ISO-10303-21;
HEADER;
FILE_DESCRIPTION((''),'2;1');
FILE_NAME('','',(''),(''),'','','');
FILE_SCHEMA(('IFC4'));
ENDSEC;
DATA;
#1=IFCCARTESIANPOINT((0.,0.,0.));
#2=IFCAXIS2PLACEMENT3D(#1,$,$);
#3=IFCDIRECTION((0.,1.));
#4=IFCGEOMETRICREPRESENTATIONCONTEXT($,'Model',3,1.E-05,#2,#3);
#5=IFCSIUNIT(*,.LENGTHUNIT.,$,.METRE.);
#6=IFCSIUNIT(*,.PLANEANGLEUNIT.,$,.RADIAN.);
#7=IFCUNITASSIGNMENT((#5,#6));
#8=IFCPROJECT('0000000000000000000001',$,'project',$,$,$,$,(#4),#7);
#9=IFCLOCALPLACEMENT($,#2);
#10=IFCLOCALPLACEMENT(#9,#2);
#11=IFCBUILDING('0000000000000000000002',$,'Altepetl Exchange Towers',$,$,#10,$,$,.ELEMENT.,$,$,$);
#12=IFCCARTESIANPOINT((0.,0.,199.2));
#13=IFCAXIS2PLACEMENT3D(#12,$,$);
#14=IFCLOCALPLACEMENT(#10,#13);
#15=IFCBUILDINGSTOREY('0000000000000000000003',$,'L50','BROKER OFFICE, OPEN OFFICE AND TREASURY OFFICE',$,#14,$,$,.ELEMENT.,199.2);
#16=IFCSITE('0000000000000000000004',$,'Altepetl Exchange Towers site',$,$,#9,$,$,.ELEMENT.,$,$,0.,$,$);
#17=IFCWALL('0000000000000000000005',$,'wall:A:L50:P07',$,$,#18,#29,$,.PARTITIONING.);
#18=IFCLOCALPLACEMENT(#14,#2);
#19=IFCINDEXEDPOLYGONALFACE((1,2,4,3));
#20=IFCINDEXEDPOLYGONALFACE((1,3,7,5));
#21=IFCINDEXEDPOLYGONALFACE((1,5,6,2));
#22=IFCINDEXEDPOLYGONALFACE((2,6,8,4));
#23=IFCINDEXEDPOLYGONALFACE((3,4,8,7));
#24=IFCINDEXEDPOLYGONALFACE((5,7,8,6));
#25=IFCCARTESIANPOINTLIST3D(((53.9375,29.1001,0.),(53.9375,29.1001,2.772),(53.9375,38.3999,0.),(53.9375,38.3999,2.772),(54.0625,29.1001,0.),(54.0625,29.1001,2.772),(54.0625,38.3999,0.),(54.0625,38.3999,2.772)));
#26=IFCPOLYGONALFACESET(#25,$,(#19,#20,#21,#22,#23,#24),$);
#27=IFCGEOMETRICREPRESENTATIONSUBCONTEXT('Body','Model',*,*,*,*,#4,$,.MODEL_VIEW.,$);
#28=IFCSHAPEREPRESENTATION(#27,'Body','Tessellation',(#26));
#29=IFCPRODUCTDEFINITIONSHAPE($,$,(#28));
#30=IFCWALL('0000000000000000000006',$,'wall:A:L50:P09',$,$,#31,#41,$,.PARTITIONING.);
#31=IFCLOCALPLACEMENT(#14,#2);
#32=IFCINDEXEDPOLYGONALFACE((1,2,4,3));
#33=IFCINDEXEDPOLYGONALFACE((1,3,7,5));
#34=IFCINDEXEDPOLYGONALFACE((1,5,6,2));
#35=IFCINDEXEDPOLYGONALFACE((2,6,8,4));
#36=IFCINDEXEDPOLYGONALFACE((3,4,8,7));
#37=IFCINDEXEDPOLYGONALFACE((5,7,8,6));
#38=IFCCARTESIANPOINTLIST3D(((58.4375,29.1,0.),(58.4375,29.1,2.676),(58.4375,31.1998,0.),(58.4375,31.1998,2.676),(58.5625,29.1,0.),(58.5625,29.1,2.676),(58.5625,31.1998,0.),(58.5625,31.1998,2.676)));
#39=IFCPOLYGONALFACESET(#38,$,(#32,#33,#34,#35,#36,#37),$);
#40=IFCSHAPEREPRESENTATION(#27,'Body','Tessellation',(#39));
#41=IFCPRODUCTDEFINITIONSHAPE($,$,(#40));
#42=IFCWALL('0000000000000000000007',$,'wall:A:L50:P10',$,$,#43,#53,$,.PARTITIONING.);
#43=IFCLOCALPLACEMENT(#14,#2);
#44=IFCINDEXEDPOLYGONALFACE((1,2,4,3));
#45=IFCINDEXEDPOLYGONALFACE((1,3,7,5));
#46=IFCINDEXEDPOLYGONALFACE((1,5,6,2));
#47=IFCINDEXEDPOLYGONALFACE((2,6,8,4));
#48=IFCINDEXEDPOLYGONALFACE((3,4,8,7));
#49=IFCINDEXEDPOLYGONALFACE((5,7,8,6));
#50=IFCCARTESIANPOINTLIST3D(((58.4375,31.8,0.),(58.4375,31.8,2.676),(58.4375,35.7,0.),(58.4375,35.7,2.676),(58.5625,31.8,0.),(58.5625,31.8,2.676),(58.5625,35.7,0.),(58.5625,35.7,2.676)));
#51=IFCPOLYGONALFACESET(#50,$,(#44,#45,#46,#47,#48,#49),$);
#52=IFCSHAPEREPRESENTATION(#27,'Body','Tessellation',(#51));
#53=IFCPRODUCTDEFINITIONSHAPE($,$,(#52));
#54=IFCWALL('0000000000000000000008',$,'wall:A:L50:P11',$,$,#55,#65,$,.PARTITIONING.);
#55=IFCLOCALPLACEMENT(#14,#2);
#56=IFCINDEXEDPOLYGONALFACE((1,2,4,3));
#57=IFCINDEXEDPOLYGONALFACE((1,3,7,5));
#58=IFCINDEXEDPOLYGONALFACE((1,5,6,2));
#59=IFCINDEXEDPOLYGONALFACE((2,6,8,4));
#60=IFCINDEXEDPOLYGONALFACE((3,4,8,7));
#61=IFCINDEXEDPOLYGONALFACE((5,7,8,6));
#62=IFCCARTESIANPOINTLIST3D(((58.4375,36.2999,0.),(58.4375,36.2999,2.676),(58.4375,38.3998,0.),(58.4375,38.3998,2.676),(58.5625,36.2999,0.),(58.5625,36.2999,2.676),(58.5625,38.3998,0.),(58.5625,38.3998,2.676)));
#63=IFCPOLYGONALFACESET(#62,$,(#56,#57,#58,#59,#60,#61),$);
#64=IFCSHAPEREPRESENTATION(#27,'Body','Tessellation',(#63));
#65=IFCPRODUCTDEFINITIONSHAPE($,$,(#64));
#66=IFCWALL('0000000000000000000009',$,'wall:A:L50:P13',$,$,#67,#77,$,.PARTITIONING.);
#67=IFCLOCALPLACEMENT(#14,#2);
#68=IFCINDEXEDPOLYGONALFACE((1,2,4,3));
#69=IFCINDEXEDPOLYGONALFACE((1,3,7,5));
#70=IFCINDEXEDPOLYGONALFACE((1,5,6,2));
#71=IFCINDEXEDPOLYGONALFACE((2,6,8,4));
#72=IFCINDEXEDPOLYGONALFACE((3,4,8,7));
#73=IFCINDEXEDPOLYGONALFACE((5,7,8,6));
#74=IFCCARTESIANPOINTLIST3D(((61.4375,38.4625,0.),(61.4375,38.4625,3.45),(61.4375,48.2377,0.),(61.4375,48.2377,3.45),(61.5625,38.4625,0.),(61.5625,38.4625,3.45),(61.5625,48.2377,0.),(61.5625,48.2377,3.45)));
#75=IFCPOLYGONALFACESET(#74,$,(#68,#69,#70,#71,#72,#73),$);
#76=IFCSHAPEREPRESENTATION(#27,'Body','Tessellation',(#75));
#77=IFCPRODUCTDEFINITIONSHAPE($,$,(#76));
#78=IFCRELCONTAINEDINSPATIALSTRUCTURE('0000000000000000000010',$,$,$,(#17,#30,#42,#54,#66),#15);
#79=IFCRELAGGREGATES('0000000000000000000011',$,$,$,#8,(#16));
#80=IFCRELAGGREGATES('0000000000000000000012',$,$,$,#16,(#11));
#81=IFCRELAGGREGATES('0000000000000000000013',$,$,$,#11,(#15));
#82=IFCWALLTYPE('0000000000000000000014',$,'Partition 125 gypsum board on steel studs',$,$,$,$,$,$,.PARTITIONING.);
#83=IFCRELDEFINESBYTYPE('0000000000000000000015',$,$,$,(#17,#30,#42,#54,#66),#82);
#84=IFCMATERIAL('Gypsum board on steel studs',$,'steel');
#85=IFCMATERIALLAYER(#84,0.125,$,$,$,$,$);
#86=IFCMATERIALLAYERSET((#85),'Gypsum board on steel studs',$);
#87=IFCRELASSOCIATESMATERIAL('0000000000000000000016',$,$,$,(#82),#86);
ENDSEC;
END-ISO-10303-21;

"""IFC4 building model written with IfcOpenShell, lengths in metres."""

from ifc_helpers import new_model, si_unit, direction, frame, frame_2d, origin, place, context, subcontext, project, spatial, rectangle, extrude, material, layer, layer_set, type_object, element, save


model = new_model("IFC4")

# Units and contexts
model_context = context("Model", 3, precision=1e-05, world=origin(), true_north=direction((0.0, 1.0)))
body_context = subcontext(model_context, "Body", "Model", "MODEL_VIEW")
ifc_project = project(units=[si_unit("LENGTHUNIT", "METRE"), si_unit("PLANEANGLEUNIT", "RADIAN")], contexts=[model_context])

# Site, building, storey
site_placement = place(None, origin())
site = spatial("IfcSite", under=ifc_project, at=site_placement, Name="Altepetl Exchange Towers site", CompositionType="ELEMENT", RefElevation=0.0)
building_placement = place(site_placement, origin())
building = spatial("IfcBuilding", under=site, at=building_placement, Name="Altepetl Exchange Towers", CompositionType="ELEMENT")
storey_placement = place(building_placement, frame((0.0, 0.0, 199.2)))
storey = spatial("IfcBuildingStorey", under=building, at=storey_placement, Name="L50", Description="BROKER OFFICE, OPEN OFFICE AND TREASURY OFFICE", CompositionType="ELEMENT", Elevation=199.2)

# Walls
ifc_material_1 = material(Name="Gypsum board on steel studs", Category="steel")
ifc_layer_1 = layer(ifc_material_1, 0.125)
ifc_layer_set_1 = layer_set([ifc_layer_1], Name="Gypsum board on steel studs")
wall_type = type_object("IfcWallType", Name="Partition 125 gypsum board on steel studs", PredefinedType="PARTITIONING", material=ifc_layer_set_1)
wall_1_placement = place(storey_placement, frame((54.0, 29.1001, 0.0), z_axis=(0.0, 0.0, 1.0), x_axis=(0.0, 1.0, 0.0)))
element("IfcWall", 1, at=wall_1_placement, inside=storey, type_object=wall_type, Name="wall:A:L50:P07", PredefinedType="PARTITIONING", context=body_context, shape_type="SweptSolid", body=[
    extrude(rectangle(XDim=9.2998, YDim=0.125, at=frame_2d((4.6499, 0.0))), origin(), (0.0, 0.0, 1.0), 2.772),
])
wall_2_placement = place(storey_placement, frame((58.5, 29.1001, 0.0), z_axis=(0.0, 0.0, 1.0), x_axis=(0.0, 1.0, 0.0)))
element("IfcWall", 2, at=wall_2_placement, inside=storey, type_object=wall_type, Name="wall:A:L50:P09", PredefinedType="PARTITIONING", context=body_context, shape_type="SweptSolid", body=[
    extrude(rectangle(XDim=2.0999, YDim=0.125, at=frame_2d((1.0498, 0.0))), origin(), (0.0, 0.0, 1.0), 2.676),
])
wall_3_placement = place(storey_placement, frame((58.5, 31.8, 0.0), z_axis=(0.0, 0.0, 1.0), x_axis=(0.0, 1.0, 0.0)))
element("IfcWall", 3, at=wall_3_placement, inside=storey, type_object=wall_type, Name="wall:A:L50:P10", PredefinedType="PARTITIONING", context=body_context, shape_type="SweptSolid", body=[
    extrude(rectangle(XDim=3.8999, YDim=0.125, at=frame_2d((1.95, 0.0))), origin(), (0.0, 0.0, 1.0), 2.676),
])
wall_4_placement = place(storey_placement, frame((58.5, 36.3, 0.0), z_axis=(0.0, 0.0, 1.0), x_axis=(0.0, 1.0, 0.0)))
element("IfcWall", 4, at=wall_4_placement, inside=storey, type_object=wall_type, Name="wall:A:L50:P11", PredefinedType="PARTITIONING", context=body_context, shape_type="SweptSolid", body=[
    extrude(rectangle(XDim=2.0999, YDim=0.125, at=frame_2d((1.0498, 0.0))), origin(), (0.0, 0.0, 1.0), 2.676),
])
wall_5_placement = place(storey_placement, frame((61.5, 38.4624, 0.0), z_axis=(0.0, 0.0, 1.0), x_axis=(0.0, 1.0, 0.0)))
element("IfcWall", 5, at=wall_5_placement, inside=storey, type_object=wall_type, Name="wall:A:L50:P13", PredefinedType="PARTITIONING", context=body_context, shape_type="SweptSolid", body=[
    extrude(rectangle(XDim=9.7751, YDim=0.125, at=frame_2d((4.8877, 0.0))), origin(), (0.0, 0.0, 1.0), 3.45),
])

save(model, "model.ifc")
